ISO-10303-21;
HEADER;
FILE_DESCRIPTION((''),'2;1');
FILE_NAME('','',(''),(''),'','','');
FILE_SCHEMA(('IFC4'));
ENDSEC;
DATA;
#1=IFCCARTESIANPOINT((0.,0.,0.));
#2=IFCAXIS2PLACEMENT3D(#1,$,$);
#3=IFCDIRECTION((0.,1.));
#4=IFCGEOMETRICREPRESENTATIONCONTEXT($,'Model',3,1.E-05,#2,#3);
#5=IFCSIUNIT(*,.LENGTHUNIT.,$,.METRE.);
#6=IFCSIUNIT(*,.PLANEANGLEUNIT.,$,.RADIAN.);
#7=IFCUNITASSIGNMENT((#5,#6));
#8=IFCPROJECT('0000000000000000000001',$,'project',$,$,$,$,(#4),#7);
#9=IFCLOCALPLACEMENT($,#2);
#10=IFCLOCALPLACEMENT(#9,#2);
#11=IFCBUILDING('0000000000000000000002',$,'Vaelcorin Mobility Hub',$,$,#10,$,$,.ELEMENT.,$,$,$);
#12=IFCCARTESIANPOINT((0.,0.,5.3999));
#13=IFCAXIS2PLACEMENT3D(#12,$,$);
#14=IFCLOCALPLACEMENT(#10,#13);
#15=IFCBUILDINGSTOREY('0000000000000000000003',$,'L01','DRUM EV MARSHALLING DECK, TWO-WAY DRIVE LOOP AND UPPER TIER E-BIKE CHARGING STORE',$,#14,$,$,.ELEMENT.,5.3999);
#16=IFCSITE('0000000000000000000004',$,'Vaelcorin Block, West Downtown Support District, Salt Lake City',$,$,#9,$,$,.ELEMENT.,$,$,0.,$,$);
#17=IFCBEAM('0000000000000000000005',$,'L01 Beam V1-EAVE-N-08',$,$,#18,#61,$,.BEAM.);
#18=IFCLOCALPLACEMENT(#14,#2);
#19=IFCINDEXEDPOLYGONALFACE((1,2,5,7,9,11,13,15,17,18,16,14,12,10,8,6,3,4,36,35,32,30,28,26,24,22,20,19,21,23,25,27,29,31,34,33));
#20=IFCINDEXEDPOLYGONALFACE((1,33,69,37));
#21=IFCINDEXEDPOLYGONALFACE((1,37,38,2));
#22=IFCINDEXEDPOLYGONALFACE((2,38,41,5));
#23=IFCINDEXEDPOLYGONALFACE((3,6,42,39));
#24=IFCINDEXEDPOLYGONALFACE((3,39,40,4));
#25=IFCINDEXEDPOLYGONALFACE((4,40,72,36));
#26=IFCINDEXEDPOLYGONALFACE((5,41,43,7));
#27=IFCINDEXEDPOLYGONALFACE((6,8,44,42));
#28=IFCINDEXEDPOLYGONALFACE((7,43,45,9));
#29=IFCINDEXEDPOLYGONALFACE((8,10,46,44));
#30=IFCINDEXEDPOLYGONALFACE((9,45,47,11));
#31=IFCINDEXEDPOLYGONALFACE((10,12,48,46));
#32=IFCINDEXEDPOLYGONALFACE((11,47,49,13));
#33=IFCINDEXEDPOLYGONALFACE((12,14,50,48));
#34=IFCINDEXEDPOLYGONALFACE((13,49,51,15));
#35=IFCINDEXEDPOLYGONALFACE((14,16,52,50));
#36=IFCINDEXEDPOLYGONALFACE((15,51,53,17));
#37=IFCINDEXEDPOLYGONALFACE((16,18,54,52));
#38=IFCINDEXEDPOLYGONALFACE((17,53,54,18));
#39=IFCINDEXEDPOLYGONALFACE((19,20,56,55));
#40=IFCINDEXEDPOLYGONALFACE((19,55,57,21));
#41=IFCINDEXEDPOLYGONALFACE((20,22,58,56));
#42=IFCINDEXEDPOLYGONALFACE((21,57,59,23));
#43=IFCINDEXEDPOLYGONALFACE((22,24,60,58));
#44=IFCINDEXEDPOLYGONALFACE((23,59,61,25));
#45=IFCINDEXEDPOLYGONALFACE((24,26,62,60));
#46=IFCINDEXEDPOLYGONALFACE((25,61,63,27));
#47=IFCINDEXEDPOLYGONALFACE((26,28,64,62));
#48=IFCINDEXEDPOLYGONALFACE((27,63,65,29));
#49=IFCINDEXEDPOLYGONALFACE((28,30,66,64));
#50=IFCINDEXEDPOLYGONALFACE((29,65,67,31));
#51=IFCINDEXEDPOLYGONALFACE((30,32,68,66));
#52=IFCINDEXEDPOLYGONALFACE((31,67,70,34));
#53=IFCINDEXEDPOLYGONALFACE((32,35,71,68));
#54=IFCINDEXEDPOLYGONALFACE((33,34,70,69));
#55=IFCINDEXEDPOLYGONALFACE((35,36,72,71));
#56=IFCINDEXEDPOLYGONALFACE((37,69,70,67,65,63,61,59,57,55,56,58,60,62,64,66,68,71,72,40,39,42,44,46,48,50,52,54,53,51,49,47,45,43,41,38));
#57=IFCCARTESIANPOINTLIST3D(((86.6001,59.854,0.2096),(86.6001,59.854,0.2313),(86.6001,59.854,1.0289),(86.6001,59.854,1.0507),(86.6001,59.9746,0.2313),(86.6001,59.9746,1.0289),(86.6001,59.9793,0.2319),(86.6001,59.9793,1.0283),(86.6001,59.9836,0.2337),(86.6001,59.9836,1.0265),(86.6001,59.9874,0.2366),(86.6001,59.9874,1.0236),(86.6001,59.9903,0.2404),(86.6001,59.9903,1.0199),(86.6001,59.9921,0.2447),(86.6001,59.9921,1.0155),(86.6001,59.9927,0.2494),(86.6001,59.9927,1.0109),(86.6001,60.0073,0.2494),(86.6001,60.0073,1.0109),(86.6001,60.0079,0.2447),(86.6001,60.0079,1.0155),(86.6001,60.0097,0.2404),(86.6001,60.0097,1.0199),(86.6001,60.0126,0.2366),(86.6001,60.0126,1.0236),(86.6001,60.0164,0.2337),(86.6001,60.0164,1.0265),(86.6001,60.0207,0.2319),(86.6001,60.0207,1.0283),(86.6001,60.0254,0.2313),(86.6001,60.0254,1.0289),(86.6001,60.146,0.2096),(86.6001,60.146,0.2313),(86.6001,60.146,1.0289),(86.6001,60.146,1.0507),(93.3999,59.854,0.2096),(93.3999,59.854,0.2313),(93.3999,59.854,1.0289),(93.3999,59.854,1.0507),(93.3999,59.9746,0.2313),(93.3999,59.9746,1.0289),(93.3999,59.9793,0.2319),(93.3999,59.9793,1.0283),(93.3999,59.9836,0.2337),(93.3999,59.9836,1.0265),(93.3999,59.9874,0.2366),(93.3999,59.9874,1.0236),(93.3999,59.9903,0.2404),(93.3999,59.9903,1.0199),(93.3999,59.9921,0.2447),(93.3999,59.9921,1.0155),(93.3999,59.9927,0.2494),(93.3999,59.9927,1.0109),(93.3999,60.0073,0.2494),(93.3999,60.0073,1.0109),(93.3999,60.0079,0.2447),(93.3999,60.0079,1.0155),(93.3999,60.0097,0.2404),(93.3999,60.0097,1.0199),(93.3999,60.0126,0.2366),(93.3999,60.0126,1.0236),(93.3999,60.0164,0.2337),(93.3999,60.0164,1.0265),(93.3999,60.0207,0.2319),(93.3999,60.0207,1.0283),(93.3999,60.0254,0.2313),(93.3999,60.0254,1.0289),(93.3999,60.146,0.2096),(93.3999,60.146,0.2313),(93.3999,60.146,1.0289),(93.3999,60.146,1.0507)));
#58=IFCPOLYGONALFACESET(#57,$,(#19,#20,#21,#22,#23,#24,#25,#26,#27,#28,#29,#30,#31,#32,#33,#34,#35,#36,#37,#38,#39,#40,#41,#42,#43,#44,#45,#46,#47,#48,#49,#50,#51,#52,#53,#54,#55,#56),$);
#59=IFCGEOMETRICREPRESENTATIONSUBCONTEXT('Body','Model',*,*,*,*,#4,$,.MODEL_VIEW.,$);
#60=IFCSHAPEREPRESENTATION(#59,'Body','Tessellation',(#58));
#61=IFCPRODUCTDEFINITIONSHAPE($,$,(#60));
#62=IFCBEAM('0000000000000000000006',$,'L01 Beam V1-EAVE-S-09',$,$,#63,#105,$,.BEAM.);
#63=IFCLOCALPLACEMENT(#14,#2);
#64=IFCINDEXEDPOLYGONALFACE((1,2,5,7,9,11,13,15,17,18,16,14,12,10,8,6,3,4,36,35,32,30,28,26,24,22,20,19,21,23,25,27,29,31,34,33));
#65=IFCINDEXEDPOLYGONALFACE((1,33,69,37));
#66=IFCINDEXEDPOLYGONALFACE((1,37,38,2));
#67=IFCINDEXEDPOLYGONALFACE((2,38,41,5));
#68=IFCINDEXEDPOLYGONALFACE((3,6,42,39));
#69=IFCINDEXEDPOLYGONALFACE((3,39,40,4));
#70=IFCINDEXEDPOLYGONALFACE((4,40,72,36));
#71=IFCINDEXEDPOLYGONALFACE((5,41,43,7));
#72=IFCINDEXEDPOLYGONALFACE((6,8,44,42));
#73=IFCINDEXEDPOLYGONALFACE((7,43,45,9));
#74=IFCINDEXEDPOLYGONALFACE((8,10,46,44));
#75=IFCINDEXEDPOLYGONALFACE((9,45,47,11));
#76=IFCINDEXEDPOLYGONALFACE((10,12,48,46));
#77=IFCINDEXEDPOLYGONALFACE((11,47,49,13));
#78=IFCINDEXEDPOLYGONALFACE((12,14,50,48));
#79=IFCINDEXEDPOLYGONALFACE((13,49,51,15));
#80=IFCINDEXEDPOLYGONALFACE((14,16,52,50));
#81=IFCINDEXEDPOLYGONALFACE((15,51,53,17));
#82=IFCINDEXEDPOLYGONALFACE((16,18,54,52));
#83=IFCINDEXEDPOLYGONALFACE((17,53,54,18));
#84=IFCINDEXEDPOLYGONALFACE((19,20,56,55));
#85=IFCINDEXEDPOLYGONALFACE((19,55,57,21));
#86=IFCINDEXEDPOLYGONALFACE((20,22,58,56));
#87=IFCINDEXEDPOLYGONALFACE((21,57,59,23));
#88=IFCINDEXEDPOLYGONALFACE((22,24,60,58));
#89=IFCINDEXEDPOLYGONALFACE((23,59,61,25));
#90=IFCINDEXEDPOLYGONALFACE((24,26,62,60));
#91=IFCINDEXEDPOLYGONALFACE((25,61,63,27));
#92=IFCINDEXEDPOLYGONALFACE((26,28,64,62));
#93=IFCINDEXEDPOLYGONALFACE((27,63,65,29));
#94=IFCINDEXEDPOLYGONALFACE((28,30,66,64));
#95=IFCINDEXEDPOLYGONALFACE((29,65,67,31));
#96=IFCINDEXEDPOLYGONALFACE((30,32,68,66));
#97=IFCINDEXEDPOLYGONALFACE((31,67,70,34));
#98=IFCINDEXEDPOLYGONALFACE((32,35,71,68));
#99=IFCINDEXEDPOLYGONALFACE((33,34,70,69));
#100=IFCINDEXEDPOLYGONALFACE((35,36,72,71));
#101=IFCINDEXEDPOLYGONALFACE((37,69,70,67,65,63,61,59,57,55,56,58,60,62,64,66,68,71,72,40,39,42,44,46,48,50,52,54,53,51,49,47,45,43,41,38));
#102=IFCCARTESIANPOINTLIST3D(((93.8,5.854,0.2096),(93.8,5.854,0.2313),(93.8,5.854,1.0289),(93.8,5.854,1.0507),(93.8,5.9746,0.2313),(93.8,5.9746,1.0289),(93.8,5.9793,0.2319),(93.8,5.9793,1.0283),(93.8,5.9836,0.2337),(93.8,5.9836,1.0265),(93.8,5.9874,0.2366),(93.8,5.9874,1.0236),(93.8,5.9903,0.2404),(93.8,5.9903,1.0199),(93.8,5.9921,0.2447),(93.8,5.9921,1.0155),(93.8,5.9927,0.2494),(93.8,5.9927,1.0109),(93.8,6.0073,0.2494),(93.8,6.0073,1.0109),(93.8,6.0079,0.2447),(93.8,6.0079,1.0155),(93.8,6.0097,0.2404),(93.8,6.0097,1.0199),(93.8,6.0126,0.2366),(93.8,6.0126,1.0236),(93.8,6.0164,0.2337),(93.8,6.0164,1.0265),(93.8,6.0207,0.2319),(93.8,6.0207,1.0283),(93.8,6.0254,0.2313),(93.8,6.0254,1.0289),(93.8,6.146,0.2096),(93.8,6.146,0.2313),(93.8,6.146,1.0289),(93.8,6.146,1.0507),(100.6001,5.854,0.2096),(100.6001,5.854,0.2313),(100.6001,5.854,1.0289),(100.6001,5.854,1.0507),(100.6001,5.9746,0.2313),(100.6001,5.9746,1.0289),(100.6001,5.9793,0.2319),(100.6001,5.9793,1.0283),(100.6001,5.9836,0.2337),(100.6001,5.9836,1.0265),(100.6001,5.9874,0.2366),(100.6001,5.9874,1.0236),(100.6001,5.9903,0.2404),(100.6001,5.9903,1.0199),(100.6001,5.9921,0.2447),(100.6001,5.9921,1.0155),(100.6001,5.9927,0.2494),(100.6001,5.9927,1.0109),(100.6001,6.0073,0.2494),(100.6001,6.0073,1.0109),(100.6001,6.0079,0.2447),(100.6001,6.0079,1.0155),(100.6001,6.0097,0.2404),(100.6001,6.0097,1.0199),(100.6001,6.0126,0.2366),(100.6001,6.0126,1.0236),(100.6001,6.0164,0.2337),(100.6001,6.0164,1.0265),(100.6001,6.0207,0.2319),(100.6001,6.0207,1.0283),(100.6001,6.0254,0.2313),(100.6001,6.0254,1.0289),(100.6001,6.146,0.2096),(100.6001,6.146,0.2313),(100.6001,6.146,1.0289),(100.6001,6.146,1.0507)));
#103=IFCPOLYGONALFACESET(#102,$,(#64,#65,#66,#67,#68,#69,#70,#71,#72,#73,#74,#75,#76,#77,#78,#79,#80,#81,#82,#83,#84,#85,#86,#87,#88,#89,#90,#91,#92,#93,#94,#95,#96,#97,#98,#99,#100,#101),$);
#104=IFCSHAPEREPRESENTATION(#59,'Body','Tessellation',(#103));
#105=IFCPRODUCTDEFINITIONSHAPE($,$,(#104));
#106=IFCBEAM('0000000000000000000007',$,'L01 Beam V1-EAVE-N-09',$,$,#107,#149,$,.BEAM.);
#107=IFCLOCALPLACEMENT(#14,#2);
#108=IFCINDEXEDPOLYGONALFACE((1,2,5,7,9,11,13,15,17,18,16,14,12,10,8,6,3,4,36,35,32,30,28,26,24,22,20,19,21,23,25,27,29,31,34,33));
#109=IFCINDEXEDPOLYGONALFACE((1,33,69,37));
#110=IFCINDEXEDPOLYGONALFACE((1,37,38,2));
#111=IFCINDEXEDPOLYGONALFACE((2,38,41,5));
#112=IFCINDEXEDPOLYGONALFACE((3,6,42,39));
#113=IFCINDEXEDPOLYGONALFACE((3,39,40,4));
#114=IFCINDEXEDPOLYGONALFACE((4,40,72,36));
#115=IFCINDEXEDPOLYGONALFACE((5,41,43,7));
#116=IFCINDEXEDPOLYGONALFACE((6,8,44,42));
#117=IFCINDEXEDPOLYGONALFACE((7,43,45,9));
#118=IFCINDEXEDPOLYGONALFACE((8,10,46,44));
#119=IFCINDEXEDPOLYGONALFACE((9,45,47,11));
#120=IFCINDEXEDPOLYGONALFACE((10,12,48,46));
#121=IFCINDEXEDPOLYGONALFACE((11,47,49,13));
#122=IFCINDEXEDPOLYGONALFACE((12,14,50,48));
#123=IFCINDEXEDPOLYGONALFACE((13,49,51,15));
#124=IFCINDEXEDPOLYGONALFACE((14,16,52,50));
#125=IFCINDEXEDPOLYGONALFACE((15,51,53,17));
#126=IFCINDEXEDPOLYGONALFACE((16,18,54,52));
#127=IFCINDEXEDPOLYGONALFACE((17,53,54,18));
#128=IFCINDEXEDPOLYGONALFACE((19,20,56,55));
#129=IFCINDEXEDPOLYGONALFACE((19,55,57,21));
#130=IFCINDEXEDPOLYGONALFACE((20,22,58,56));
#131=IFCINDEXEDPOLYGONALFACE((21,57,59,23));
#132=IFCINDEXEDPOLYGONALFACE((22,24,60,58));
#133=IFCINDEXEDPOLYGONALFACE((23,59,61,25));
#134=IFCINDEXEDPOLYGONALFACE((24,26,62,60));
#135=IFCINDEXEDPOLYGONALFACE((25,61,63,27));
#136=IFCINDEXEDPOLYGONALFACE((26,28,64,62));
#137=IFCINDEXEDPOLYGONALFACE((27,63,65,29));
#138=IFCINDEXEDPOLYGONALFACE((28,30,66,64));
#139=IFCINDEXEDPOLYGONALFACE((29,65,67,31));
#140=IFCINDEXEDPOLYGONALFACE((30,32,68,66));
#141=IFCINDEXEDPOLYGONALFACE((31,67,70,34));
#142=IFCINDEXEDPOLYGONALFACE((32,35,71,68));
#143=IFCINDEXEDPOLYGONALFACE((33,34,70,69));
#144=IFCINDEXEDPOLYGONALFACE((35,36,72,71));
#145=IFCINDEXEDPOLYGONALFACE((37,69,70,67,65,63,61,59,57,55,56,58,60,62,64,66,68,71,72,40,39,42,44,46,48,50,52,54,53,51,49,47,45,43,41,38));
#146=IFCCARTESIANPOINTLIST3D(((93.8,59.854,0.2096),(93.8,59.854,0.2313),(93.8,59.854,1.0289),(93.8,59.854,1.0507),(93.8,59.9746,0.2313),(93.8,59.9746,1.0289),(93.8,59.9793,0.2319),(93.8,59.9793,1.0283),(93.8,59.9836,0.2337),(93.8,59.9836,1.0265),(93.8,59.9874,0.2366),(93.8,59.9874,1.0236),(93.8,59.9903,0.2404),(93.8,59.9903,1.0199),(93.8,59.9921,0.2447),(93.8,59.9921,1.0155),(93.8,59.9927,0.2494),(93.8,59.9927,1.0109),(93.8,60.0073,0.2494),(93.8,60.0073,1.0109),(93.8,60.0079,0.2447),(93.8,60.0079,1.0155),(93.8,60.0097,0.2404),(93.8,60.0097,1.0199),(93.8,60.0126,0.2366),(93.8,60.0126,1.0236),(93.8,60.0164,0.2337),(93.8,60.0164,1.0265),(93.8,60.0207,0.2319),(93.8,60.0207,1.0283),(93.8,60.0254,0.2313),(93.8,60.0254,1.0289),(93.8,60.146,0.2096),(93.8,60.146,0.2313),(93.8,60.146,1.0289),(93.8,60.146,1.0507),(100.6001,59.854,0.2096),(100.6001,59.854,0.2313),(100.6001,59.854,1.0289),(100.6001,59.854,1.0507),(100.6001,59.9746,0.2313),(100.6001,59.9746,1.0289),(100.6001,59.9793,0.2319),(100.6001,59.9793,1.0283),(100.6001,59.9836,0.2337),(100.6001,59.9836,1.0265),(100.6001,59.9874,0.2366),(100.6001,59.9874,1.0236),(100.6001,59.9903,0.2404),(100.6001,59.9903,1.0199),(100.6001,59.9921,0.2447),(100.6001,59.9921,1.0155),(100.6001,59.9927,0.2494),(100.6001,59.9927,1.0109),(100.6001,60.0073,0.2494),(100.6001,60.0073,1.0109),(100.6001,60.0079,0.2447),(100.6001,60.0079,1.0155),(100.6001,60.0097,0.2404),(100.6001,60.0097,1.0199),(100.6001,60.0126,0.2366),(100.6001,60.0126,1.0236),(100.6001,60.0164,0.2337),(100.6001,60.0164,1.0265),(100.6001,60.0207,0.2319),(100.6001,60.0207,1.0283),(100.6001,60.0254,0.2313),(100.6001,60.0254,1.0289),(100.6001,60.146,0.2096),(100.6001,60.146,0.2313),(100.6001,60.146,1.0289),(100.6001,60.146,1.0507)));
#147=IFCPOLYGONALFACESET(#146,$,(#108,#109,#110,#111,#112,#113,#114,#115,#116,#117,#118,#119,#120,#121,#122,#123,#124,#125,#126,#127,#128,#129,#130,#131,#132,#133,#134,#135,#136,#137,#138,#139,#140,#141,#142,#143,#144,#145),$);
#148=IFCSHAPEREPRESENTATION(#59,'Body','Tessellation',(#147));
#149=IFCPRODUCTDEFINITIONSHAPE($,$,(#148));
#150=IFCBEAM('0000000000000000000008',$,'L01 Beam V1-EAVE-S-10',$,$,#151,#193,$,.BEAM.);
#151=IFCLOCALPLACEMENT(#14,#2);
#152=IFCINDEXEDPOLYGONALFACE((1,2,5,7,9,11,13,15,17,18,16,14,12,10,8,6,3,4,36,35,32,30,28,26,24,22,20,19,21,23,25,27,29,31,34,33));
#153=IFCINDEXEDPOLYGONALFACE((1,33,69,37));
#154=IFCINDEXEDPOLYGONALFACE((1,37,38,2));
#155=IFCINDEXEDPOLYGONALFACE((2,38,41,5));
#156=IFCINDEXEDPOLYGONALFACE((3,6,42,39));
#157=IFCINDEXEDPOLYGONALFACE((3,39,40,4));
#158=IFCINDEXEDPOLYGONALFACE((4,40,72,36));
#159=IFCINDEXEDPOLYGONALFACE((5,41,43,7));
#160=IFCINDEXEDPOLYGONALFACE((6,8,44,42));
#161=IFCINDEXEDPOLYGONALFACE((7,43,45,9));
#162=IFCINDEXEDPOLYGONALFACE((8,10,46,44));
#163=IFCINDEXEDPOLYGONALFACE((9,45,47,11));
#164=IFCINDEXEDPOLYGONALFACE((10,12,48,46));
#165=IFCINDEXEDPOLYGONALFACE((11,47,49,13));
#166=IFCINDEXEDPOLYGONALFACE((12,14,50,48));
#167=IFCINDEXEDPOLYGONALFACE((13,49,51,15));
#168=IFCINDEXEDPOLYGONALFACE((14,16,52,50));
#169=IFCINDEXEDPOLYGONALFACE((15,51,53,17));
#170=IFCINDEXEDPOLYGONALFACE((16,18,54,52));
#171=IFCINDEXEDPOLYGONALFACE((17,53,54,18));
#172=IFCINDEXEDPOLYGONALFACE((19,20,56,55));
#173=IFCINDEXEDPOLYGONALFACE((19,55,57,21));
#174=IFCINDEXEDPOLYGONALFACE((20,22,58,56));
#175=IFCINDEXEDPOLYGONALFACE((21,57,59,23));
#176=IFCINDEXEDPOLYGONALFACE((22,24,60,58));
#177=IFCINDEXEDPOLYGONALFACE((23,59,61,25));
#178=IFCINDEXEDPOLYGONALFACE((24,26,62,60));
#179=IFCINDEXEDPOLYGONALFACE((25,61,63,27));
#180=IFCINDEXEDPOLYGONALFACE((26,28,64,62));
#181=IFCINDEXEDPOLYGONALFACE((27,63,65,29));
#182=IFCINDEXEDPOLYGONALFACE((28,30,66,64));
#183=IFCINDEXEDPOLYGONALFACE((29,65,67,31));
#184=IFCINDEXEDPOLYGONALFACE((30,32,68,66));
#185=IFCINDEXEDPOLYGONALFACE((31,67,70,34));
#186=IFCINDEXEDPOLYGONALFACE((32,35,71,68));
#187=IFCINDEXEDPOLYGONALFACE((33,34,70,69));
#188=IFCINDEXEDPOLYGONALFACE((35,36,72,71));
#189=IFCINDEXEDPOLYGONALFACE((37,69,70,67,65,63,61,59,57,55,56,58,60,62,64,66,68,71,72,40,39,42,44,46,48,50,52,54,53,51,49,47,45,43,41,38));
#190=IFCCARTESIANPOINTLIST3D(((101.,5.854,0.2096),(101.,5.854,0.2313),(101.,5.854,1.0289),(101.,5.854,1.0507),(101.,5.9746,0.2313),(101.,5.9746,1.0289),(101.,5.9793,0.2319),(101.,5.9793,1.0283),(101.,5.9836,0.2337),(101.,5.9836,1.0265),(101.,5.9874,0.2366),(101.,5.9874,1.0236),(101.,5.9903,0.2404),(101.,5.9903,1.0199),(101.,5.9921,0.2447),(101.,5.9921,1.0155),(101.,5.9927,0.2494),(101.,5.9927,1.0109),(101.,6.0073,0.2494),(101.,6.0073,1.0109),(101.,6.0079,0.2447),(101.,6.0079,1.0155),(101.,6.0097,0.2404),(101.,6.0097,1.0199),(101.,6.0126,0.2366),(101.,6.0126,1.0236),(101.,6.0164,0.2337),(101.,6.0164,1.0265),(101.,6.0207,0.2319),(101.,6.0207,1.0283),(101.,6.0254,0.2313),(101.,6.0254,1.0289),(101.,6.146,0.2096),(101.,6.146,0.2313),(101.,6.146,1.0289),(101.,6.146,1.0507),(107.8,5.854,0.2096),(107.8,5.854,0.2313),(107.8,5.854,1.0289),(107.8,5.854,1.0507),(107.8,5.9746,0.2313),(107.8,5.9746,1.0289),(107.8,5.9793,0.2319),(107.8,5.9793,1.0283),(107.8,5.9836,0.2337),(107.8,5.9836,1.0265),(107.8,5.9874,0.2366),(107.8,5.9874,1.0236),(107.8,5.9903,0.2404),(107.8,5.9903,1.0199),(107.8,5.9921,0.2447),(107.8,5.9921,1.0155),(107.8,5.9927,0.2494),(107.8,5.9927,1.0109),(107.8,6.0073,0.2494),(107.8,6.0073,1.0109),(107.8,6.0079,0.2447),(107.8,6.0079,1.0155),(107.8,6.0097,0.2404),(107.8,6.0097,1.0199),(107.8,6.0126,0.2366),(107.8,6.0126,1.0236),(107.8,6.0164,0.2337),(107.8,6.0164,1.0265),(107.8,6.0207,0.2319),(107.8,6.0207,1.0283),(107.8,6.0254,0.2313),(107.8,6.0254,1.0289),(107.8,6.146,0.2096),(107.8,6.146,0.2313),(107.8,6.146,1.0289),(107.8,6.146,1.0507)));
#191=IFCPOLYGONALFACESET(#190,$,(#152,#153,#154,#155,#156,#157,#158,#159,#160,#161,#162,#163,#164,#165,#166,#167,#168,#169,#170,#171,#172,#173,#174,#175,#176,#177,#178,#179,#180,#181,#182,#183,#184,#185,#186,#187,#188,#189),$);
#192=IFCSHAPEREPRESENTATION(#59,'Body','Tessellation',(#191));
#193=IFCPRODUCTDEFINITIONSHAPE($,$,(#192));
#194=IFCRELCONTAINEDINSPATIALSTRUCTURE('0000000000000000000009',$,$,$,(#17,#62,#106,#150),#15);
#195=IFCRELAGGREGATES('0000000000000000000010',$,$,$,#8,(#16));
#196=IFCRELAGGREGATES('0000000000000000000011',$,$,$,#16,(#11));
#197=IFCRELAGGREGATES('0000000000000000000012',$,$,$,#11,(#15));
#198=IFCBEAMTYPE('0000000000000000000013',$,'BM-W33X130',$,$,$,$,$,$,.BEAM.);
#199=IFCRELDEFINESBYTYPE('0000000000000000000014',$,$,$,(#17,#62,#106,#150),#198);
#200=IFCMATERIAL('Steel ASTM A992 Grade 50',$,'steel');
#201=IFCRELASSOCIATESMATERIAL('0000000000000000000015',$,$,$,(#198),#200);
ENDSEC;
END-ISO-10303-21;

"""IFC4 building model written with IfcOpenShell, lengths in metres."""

from ifc_helpers import new_model, si_unit, direction, frame, origin, origin_2d, place, context, subcontext, project, spatial, i_section, extrude, material, material_profile, profile_set, type_object, element, save


model = new_model("IFC4")

# Units and contexts
model_context = context("Model", 3, precision=1e-05, world=origin(), true_north=direction((0.0, 1.0)))
body_context = subcontext(model_context, "Body", "Model", "MODEL_VIEW")
ifc_project = project(units=[si_unit("LENGTHUNIT", "METRE"), si_unit("PLANEANGLEUNIT", "RADIAN")], contexts=[model_context])

# Site, building, storey
site_placement = place(None, origin())
site = spatial("IfcSite", under=ifc_project, at=site_placement, Name="Vaelcorin Block, West Downtown Support District, Salt Lake City", CompositionType="ELEMENT", RefElevation=0.0)
building_placement = place(site_placement, origin())
building = spatial("IfcBuilding", under=site, at=building_placement, Name="Vaelcorin Mobility Hub", CompositionType="ELEMENT")
storey_placement = place(building_placement, frame((0.0, 0.0, 5.3999)))
storey = spatial("IfcBuildingStorey", under=building, at=storey_placement, Name="L01", Description="DRUM EV MARSHALLING DECK, TWO-WAY DRIVE LOOP AND UPPER TIER E-BIKE CHARGING STORE", CompositionType="ELEMENT", Elevation=5.3999)

# Shared definitions
ifc_material_1 = material(Name="Steel ASTM A992 Grade 50", Category="steel")

# Beams
ifc_material_profile_1 = material_profile(ifc_material_1, i_section(OverallWidth=0.292, OverallDepth=0.8411, WebThickness=0.0146, FlangeThickness=0.0217, FilletRadius=0.0181, at=origin_2d()), Name="W33X130")
ifc_profile_set_1 = profile_set([ifc_material_profile_1], Name="Steel ASTM A992 Grade 50")
beam_type_1 = type_object("IfcBeamType", Name="BM-W33X130", PredefinedType="BEAM", material=ifc_profile_set_1)
for number, where, z_axis, x_axis, name in (
    (1, (86.6001, 60.0, 0.6301), (1.0, 0.0, 0.0), (0.0, 1.0, 0.0), "L01 Beam V1-EAVE-N-08"),
):
    element("IfcBeam", number, at=place(storey_placement, frame(where, z_axis=z_axis, x_axis=x_axis)), inside=storey, type_object=beam_type_1, Name=name, PredefinedType="BEAM", context=body_context, shape_type="SweptSolid", body=[
        extrude(i_section(OverallWidth=0.292, OverallDepth=0.8411, WebThickness=0.0146, FlangeThickness=0.0217, FilletRadius=0.0181, at=origin_2d()), origin(), (0.0, 0.0, 1.0), 6.7998),
    ])
for number, where, z_axis, x_axis, name in (
    (2, (93.8, 6.0, 0.6301), (1.0, 0.0, 0.0), (0.0, 1.0, 0.0), "L01 Beam V1-EAVE-S-09"),
    (3, (93.8, 60.0, 0.6301), (1.0, 0.0, 0.0), (0.0, 1.0, 0.0), "L01 Beam V1-EAVE-N-09"),
    (4, (101.0, 6.0, 0.6301), (1.0, 0.0, 0.0), (0.0, 1.0, 0.0), "L01 Beam V1-EAVE-S-10"),
):
    element("IfcBeam", number, at=place(storey_placement, frame(where, z_axis=z_axis, x_axis=x_axis)), inside=storey, type_object=beam_type_1, Name=name, PredefinedType="BEAM", context=body_context, shape_type="SweptSolid", body=[
        extrude(i_section(OverallWidth=0.292, OverallDepth=0.8411, WebThickness=0.0146, FlangeThickness=0.0217, FilletRadius=0.0181, at=origin_2d()), origin(), (0.0, 0.0, 1.0), 6.8),
    ])

save(model, "model.ifc")
